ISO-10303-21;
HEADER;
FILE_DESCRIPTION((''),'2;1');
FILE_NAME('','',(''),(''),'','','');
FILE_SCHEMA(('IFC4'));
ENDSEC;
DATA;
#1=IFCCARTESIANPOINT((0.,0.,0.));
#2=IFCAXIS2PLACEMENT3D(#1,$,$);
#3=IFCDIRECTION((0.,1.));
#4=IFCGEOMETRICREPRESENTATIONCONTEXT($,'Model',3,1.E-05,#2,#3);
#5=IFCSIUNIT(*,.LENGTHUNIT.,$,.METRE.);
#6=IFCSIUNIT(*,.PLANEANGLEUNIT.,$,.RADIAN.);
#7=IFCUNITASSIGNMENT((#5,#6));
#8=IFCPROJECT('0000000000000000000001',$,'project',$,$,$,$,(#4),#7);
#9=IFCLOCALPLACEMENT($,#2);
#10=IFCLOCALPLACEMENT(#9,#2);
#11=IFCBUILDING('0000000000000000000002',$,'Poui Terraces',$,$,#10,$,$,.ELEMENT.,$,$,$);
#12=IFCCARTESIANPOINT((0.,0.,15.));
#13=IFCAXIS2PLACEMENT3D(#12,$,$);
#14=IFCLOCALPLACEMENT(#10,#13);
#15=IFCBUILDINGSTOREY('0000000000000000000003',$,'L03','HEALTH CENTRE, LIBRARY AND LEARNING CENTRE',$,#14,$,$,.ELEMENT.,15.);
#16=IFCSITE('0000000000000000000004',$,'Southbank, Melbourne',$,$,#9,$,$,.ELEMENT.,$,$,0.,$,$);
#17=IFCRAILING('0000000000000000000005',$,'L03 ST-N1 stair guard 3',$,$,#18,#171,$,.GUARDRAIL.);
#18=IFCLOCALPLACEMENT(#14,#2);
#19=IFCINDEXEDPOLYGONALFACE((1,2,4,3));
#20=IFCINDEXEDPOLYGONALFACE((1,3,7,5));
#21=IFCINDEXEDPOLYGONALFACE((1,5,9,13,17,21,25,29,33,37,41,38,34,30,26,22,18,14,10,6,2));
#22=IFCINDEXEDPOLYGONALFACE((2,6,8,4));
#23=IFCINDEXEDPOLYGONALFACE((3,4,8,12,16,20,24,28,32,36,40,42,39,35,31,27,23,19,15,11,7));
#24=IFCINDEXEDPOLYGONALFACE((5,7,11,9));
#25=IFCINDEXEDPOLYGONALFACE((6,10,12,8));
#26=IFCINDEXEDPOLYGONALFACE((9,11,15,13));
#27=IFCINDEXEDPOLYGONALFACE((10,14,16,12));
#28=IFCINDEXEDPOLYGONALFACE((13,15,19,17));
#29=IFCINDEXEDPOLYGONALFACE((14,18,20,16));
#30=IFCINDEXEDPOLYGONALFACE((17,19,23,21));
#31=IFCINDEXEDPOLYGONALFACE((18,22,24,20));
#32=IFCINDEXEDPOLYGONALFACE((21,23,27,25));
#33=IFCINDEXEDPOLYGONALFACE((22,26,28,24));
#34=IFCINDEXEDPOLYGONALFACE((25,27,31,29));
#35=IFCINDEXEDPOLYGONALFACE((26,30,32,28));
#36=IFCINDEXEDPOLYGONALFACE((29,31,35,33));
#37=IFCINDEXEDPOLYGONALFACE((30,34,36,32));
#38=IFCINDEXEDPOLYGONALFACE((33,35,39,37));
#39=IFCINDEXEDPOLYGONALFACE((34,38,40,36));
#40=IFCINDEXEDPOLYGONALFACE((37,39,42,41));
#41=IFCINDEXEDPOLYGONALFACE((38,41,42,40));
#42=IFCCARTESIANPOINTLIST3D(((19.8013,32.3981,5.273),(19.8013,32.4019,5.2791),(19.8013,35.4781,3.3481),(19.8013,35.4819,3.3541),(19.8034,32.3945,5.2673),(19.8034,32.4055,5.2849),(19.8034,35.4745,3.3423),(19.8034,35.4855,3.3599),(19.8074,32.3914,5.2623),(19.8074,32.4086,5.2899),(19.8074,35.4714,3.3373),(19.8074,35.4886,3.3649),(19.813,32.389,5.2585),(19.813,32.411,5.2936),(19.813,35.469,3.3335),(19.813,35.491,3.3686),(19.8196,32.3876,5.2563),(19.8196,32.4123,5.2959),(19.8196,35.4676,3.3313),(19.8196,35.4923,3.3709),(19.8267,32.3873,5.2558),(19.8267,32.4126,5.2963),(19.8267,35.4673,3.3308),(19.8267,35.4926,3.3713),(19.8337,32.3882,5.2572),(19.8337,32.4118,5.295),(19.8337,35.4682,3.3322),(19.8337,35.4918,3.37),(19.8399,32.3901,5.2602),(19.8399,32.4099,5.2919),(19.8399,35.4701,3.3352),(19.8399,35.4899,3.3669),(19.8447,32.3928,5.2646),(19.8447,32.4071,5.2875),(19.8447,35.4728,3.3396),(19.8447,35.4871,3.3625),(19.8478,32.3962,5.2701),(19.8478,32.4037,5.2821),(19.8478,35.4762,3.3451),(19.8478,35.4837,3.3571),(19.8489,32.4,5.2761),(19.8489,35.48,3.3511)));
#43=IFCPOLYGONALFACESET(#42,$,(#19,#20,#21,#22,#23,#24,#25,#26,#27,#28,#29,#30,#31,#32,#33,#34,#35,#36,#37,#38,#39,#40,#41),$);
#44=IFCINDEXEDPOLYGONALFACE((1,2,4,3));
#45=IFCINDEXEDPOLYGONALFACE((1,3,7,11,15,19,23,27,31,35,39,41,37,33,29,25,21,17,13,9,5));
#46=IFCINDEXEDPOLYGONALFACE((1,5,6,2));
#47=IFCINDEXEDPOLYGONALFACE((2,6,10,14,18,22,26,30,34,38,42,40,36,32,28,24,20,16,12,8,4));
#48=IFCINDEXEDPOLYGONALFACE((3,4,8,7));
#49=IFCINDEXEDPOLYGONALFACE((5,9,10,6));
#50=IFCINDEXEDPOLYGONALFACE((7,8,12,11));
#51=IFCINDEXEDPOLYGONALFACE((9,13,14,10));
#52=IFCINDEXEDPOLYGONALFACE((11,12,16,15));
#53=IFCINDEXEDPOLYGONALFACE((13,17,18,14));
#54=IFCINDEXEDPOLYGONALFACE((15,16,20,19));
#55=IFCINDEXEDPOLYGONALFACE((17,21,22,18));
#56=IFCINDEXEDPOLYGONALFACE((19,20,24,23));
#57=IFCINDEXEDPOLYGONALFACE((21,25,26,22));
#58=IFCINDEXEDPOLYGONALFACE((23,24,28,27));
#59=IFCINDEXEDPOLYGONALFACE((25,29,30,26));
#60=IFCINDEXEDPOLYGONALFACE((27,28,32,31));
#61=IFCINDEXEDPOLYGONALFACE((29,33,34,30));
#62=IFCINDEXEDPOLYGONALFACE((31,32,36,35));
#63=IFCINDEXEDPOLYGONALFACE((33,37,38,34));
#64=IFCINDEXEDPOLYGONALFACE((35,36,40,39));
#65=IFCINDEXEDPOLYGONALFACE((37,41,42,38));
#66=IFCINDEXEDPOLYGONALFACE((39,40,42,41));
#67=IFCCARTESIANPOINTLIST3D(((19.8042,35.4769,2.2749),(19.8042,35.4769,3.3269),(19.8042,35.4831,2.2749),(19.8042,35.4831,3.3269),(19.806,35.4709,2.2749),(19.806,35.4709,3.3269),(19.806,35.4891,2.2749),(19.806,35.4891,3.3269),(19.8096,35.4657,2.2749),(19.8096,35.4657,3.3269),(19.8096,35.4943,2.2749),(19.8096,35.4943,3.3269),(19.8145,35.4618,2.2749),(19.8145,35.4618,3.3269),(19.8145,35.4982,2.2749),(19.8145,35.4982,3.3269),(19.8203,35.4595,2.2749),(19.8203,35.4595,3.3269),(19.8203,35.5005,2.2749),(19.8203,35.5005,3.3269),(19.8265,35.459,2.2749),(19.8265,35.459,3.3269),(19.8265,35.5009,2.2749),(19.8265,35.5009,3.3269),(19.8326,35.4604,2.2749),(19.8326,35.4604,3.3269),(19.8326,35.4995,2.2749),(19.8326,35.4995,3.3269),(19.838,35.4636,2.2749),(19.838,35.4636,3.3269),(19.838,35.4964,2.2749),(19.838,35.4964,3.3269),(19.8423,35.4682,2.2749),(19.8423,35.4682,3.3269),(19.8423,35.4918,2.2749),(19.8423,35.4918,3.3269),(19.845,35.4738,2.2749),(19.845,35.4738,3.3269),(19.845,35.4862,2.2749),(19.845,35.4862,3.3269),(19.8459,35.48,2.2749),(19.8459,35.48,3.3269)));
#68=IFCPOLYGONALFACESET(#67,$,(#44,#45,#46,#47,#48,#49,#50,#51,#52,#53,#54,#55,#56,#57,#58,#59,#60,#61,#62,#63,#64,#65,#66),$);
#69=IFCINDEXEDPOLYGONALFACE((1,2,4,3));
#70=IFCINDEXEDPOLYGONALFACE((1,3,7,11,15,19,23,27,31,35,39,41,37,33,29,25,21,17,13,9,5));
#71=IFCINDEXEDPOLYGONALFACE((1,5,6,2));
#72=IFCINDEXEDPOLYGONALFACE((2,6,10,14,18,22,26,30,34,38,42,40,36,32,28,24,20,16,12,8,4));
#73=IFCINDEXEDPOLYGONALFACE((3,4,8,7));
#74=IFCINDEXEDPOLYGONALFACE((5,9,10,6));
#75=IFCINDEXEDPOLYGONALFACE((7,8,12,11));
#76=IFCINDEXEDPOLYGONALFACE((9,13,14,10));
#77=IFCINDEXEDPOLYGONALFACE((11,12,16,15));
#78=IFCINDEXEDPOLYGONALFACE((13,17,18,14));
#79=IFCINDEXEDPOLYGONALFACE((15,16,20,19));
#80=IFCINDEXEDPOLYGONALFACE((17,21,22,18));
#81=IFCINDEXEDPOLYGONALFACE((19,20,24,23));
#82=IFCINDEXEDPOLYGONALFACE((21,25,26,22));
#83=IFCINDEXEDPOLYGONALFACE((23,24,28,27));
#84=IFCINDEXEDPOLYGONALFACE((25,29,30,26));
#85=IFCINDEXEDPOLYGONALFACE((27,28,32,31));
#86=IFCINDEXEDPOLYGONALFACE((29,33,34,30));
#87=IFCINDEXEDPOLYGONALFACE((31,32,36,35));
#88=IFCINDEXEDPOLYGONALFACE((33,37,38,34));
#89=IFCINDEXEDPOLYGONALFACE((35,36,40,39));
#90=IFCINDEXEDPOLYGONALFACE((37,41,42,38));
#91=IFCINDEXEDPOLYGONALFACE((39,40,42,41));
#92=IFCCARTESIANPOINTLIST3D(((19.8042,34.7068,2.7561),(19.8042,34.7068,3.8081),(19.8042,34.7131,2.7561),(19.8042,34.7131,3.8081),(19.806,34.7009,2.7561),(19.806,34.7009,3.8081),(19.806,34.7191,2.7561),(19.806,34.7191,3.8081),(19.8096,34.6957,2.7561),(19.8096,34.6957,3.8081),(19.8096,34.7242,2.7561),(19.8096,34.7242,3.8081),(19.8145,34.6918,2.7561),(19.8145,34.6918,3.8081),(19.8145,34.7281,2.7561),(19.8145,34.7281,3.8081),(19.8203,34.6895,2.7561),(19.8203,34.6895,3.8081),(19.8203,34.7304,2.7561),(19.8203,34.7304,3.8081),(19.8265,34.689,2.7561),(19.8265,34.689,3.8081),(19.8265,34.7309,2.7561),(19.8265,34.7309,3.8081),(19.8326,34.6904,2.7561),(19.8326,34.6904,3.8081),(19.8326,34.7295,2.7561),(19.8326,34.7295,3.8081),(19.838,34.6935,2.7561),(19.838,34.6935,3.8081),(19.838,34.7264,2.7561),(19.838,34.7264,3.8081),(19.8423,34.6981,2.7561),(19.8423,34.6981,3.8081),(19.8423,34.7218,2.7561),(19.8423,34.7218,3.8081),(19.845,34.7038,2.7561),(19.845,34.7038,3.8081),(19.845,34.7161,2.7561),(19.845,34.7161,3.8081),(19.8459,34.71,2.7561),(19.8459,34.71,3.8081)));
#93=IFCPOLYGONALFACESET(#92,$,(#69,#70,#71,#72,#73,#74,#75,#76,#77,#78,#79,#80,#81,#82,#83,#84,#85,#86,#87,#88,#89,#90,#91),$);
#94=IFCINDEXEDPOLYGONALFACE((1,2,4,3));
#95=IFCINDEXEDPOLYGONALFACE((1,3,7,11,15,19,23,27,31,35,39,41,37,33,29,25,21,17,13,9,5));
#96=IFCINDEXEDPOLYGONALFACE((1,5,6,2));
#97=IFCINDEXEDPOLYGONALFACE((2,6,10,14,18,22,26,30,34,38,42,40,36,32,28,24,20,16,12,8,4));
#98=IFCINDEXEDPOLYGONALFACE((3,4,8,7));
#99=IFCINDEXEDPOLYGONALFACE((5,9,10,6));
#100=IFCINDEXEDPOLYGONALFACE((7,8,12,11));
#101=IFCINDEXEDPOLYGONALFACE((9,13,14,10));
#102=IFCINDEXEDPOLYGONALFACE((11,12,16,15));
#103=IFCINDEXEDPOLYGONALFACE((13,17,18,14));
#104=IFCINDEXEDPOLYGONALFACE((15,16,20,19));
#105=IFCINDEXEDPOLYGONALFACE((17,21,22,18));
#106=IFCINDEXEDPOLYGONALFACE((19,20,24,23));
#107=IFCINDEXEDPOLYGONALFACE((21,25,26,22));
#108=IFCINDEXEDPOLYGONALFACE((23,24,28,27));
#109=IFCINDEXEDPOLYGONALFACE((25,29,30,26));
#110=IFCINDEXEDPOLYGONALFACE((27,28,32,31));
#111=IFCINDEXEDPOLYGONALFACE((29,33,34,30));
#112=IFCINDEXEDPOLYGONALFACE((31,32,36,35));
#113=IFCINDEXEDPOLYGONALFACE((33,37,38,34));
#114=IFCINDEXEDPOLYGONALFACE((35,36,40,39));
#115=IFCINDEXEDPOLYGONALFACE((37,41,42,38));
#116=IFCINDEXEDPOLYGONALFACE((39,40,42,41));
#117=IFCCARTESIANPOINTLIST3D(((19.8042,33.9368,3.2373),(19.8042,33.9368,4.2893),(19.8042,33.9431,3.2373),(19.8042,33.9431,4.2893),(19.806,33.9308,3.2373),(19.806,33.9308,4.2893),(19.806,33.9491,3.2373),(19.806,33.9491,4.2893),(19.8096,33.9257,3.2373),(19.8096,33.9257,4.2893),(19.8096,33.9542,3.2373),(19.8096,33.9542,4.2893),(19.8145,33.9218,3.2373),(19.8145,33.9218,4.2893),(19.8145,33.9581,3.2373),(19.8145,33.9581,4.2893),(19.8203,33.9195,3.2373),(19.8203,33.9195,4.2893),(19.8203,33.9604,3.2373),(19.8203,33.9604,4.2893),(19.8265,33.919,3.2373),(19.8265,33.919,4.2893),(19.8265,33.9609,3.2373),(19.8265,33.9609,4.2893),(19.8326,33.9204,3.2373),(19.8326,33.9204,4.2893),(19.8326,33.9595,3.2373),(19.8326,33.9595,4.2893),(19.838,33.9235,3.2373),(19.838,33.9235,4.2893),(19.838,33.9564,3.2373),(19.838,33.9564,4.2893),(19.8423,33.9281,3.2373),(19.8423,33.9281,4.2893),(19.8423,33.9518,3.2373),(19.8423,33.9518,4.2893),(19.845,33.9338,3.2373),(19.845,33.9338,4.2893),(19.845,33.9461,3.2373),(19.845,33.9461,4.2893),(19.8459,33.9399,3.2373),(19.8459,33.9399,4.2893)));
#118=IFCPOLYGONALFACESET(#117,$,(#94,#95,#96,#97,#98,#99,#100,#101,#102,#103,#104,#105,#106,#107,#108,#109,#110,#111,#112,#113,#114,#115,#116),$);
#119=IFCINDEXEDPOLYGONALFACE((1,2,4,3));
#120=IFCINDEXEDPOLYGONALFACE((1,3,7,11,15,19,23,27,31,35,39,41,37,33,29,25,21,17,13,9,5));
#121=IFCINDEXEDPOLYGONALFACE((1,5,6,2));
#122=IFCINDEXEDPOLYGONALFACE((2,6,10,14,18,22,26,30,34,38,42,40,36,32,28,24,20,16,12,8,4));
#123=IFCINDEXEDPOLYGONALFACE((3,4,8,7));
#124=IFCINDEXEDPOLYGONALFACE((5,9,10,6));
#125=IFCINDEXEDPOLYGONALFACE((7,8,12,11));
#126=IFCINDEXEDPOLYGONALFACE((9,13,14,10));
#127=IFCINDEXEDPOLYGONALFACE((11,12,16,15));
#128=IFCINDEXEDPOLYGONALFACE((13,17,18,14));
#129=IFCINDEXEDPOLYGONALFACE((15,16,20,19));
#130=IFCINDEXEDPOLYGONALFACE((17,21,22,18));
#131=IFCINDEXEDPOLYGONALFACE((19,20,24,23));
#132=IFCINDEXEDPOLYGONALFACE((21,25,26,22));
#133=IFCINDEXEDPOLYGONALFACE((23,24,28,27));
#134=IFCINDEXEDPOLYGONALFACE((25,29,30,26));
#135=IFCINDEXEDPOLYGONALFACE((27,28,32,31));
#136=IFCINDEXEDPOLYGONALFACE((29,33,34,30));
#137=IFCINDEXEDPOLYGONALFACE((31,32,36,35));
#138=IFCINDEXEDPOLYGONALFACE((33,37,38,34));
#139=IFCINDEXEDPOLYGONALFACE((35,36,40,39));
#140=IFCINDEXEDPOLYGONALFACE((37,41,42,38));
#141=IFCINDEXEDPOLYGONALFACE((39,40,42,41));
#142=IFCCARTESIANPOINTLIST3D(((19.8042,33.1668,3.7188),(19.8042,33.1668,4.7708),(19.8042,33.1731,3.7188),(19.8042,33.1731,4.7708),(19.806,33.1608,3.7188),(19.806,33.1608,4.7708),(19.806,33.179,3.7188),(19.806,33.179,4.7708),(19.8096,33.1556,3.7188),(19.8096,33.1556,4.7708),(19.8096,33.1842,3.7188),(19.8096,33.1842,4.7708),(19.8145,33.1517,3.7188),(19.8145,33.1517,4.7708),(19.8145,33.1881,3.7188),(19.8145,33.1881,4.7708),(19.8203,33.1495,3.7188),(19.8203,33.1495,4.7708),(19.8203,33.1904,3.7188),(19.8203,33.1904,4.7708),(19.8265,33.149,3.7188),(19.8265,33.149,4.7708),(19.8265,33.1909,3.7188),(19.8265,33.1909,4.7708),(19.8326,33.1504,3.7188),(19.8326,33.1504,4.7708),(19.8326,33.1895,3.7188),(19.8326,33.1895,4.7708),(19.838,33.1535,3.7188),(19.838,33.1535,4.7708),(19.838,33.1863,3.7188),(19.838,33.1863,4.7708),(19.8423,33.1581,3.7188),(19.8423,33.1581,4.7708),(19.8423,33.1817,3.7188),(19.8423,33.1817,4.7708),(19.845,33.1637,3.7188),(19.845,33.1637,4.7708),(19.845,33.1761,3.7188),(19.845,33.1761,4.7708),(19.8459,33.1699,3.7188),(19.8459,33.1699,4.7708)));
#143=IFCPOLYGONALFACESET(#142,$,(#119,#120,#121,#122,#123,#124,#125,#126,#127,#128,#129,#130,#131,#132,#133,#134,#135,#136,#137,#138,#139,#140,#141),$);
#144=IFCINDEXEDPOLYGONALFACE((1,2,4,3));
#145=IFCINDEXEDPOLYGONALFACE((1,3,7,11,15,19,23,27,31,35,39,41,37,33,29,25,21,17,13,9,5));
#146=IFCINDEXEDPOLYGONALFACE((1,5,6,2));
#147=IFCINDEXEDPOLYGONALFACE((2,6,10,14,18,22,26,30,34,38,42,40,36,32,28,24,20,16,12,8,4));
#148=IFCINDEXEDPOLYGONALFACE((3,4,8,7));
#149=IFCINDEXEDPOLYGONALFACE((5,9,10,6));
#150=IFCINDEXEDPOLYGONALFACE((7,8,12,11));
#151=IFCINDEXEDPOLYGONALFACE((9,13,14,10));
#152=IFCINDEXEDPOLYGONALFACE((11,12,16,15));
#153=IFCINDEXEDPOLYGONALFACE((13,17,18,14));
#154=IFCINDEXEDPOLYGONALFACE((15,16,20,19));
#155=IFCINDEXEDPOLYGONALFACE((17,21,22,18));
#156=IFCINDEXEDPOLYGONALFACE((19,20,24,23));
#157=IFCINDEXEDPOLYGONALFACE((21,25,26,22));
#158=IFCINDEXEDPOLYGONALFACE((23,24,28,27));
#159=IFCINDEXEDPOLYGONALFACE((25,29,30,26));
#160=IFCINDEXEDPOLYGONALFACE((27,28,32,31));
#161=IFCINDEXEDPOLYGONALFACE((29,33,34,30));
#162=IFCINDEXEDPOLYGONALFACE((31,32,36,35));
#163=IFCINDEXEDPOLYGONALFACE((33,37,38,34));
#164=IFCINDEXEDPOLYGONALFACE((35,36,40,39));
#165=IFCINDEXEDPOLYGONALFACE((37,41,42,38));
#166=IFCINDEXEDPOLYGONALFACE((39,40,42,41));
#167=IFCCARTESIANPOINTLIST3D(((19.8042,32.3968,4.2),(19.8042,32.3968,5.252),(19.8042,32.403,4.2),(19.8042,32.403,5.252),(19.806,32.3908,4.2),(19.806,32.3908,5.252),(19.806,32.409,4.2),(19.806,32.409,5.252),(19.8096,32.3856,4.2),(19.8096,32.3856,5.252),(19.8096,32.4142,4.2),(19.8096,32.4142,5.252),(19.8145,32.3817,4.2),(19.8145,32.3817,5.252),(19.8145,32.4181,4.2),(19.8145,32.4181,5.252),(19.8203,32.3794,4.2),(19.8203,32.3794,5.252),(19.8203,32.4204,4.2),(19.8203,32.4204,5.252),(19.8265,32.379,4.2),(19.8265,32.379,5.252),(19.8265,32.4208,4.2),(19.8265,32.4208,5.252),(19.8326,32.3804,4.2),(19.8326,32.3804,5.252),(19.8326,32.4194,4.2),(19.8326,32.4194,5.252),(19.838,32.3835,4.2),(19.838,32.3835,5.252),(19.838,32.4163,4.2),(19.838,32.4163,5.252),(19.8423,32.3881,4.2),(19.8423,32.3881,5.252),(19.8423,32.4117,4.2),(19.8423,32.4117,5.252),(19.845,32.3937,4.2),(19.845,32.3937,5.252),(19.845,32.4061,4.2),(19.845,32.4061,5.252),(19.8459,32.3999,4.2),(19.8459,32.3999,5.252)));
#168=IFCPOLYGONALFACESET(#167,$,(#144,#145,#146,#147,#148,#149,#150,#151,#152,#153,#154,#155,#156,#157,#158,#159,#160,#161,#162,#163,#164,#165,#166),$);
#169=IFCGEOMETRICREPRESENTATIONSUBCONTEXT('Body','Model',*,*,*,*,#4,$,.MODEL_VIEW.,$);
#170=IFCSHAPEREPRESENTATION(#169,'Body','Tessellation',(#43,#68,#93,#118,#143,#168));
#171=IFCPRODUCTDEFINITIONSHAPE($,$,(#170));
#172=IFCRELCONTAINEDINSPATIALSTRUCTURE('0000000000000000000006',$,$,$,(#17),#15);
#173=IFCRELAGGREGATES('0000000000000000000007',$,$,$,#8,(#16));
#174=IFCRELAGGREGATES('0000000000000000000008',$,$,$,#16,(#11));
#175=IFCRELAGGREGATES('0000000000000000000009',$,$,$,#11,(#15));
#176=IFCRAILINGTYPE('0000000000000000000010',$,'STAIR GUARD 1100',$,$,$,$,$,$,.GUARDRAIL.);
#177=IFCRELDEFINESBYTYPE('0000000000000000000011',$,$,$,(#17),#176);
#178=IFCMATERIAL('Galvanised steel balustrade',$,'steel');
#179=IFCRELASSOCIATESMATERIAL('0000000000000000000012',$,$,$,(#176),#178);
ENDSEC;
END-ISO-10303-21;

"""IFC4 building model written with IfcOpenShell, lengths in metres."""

from ifc_helpers import new_model, si_unit, direction, frame, origin, origin_2d, place, context, subcontext, project, spatial, circle, extrude, material, type_object, element, save


model = new_model("IFC4")

# Units and contexts
model_context = context("Model", 3, precision=1e-05, world=origin(), true_north=direction((0.0, 1.0)))
body_context = subcontext(model_context, "Body", "Model", "MODEL_VIEW")
ifc_project = project(units=[si_unit("LENGTHUNIT", "METRE"), si_unit("PLANEANGLEUNIT", "RADIAN")], contexts=[model_context])

# Site, building, storey
site_placement = place(None, origin())
site = spatial("IfcSite", under=ifc_project, at=site_placement, Name="Southbank, Melbourne", CompositionType="ELEMENT", RefElevation=0.0)
building_placement = place(site_placement, origin())
building = spatial("IfcBuilding", under=site, at=building_placement, Name="Poui Terraces", CompositionType="ELEMENT")
storey_placement = place(building_placement, frame((0.0, 0.0, 15.0)))
storey = spatial("IfcBuildingStorey", under=building, at=storey_placement, Name="L03", Description="HEALTH CENTRE, LIBRARY AND LEARNING CENTRE", CompositionType="ELEMENT", Elevation=15.0)

# Railing
ifc_material_1 = material(Name="Galvanised steel balustrade", Category="steel")
railing_type_1 = type_object("IfcRailingType", Name="STAIR GUARD 1100", PredefinedType="GUARDRAIL", material=ifc_material_1)
railing_1_placement = place(storey_placement, frame((19.825, 35.48, 2.2749)))
element("IfcRailing", 1, at=railing_1_placement, inside=storey, type_object=railing_type_1, Name="L03 ST-N1 stair guard 3", PredefinedType="GUARDRAIL", context=body_context, shape_type="SweptSolid", body=[
    extrude(circle(Radius=0.0239, at=origin_2d()), frame((0.0, 0.0, 1.0762), z_axis=(0.0, -0.847998, 0.529999), x_axis=(1.0, 0.0, 0.0)), (0.0, 0.0, 1.0), 3.6321),
    extrude(circle(Radius=0.021, at=origin_2d()), origin(), (0.0, 0.0, 1.0), 1.052),
    extrude(circle(Radius=0.021, at=origin_2d()), frame((0.0, -0.77, 0.4812)), (0.0, 0.0, 1.0), 1.052),
    extrude(circle(Radius=0.021, at=origin_2d()), frame((0.0, -1.54, 0.9624)), (0.0, 0.0, 1.0), 1.052),
    extrude(circle(Radius=0.021, at=origin_2d()), frame((0.0, -2.3101, 1.4438)), (0.0, 0.0, 1.0), 1.052),
    extrude(circle(Radius=0.021, at=origin_2d()), frame((0.0, -3.0801, 1.925)), (0.0, 0.0, 1.0), 1.052),
])

save(model, "model.ifc")
